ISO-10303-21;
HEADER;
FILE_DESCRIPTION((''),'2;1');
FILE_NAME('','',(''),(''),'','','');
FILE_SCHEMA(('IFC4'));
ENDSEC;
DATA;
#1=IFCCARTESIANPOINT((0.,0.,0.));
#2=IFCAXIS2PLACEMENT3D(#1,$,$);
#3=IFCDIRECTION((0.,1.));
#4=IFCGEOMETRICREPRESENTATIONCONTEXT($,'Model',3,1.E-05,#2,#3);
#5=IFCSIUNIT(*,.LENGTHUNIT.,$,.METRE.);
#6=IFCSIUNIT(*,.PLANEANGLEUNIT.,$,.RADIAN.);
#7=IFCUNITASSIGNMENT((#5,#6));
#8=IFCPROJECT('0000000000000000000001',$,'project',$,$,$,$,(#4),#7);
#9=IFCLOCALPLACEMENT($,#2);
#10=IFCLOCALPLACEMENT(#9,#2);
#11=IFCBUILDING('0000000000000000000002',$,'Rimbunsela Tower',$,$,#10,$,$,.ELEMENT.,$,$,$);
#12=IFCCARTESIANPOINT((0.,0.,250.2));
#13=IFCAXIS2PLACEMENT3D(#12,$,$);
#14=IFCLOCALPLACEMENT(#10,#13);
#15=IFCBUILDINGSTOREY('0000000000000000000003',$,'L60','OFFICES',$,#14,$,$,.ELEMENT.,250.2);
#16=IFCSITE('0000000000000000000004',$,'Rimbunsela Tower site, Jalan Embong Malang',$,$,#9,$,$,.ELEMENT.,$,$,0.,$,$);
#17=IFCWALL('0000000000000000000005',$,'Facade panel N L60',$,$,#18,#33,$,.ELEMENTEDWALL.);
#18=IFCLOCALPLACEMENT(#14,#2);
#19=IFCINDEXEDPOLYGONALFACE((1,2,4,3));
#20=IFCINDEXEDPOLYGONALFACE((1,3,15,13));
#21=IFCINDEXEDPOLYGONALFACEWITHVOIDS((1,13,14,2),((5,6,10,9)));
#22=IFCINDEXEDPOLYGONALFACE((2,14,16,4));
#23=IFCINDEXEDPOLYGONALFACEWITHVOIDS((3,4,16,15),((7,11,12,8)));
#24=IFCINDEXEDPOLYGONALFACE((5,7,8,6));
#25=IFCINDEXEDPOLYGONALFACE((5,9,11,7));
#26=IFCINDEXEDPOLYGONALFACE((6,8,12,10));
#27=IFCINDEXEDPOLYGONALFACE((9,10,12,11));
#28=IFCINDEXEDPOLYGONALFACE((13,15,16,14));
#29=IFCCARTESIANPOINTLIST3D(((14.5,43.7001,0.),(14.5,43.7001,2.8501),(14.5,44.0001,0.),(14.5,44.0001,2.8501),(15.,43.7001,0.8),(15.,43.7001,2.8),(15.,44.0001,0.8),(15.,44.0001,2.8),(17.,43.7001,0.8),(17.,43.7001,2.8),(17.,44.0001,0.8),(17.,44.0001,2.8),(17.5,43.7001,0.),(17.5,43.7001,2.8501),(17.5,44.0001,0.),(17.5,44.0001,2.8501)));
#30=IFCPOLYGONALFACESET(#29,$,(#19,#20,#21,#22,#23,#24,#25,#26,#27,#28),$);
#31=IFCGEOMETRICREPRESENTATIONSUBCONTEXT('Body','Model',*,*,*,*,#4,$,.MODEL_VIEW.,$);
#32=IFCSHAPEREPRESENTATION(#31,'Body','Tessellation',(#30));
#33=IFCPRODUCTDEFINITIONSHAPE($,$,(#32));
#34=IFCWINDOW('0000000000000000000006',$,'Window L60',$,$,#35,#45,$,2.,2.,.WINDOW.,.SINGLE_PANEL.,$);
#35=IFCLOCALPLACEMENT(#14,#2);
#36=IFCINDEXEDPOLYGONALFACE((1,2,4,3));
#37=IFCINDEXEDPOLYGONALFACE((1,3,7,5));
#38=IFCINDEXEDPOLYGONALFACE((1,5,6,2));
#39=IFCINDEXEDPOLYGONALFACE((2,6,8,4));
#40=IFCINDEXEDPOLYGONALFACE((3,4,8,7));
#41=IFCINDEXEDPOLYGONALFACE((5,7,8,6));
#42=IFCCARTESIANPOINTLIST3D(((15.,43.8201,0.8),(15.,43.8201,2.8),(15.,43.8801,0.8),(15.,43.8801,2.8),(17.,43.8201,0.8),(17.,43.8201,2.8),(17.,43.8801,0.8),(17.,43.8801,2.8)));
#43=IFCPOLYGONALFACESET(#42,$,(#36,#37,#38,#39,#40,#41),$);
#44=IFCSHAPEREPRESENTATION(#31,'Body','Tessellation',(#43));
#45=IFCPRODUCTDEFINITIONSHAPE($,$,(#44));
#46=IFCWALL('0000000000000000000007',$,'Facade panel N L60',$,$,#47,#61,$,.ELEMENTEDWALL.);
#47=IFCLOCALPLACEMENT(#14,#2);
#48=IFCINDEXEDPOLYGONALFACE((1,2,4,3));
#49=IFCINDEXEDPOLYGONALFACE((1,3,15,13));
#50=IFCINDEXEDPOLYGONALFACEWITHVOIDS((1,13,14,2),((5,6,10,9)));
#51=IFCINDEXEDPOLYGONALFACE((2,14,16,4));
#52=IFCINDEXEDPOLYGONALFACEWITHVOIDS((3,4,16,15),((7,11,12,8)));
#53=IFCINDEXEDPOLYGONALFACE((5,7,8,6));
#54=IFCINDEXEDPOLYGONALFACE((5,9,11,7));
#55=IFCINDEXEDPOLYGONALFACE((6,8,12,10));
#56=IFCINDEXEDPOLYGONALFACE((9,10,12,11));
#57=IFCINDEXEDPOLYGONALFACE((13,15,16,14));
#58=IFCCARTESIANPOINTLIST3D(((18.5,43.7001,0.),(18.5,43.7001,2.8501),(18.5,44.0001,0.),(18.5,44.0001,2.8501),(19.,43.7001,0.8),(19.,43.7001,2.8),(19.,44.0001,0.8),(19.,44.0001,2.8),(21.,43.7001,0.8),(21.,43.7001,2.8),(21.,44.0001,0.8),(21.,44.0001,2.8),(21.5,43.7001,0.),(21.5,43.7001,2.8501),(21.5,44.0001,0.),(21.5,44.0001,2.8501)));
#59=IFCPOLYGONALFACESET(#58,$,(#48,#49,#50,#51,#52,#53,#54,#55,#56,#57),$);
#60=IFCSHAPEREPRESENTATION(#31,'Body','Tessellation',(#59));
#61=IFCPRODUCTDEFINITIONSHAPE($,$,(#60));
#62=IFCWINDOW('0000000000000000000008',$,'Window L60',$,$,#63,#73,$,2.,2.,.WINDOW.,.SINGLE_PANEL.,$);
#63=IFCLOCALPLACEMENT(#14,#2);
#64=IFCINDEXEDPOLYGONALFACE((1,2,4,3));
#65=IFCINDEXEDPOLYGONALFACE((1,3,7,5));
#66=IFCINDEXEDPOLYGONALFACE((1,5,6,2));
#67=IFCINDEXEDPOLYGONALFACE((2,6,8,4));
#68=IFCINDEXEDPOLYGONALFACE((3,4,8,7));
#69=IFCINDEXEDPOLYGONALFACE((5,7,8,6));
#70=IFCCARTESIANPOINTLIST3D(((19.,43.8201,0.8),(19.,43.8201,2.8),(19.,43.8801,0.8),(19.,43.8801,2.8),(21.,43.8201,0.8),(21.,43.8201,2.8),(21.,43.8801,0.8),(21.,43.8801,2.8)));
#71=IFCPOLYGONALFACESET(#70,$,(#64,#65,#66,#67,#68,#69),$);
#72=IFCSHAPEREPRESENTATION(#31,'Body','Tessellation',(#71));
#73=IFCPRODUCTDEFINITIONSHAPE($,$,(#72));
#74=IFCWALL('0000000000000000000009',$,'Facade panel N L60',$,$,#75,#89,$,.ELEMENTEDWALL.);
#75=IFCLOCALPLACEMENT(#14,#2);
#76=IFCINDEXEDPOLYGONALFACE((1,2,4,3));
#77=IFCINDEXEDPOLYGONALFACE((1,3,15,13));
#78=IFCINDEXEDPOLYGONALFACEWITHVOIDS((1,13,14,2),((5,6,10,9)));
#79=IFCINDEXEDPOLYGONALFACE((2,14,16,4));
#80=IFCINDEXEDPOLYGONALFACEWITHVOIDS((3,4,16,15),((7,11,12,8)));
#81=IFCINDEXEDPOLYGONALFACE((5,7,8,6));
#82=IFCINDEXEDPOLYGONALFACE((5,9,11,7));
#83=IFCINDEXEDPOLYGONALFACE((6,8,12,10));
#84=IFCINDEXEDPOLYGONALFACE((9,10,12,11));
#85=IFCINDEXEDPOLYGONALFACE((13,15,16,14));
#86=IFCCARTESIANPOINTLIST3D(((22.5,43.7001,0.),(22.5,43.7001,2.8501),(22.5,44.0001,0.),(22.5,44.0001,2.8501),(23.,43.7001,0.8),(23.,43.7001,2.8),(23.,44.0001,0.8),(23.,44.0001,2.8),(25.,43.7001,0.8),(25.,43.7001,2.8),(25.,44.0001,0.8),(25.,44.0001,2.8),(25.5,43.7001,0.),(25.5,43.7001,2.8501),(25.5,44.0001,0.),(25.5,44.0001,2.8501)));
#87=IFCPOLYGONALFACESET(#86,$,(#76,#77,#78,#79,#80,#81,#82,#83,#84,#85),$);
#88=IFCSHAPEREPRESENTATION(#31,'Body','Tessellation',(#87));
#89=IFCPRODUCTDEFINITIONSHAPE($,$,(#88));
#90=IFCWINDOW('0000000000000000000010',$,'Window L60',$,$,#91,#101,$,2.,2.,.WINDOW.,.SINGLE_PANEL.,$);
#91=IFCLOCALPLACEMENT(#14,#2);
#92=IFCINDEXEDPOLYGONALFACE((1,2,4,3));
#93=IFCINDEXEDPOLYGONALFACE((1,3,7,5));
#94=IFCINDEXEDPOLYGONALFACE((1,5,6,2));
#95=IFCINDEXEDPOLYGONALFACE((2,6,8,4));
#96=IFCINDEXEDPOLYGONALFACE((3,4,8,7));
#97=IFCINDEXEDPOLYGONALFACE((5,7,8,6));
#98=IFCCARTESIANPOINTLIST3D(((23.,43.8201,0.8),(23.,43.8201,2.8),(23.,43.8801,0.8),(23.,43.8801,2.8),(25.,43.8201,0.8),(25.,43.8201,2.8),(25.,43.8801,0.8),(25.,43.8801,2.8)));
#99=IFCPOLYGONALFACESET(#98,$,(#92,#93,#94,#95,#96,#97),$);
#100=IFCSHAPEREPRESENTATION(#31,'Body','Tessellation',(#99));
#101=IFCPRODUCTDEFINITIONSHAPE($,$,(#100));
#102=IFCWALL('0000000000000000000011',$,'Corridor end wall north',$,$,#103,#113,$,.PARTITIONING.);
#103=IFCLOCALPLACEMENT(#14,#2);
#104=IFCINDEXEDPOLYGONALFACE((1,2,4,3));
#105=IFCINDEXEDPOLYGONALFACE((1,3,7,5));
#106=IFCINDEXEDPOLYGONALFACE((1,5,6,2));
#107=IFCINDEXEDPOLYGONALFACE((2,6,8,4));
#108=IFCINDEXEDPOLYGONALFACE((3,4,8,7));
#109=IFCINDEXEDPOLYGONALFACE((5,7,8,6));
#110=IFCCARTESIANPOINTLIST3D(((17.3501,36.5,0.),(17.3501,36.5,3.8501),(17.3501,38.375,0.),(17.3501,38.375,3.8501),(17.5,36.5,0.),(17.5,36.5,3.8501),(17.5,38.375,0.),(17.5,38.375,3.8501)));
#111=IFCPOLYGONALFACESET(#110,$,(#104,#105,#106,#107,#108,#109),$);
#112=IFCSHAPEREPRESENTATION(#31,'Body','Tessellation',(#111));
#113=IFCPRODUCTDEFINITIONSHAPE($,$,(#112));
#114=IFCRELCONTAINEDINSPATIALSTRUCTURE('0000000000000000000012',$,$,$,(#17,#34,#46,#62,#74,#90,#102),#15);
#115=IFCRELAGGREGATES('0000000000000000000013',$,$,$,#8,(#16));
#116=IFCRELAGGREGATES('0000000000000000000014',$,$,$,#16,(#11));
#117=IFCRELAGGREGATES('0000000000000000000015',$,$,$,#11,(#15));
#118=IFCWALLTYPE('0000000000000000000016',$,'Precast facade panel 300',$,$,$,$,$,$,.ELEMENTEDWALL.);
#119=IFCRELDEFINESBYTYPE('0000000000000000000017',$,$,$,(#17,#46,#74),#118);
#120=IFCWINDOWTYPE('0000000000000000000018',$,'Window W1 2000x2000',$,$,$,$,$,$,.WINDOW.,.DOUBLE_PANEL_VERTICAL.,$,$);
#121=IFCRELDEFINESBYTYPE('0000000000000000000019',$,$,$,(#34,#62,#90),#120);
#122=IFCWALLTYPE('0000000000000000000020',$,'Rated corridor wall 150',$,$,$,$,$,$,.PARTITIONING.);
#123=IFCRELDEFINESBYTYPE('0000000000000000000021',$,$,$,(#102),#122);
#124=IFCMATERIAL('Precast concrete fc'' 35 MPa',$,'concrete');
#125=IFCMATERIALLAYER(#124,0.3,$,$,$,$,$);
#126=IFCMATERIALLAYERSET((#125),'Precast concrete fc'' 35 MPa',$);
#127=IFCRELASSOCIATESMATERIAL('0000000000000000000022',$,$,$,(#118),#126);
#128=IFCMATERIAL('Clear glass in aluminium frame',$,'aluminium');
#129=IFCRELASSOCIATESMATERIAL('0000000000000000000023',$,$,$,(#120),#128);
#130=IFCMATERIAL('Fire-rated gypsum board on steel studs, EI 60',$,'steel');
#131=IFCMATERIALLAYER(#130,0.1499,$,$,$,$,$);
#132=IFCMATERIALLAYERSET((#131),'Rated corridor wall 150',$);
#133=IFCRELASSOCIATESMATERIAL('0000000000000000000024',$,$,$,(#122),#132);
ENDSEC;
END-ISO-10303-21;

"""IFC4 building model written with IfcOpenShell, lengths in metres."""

from ifc_helpers import new_model, si_unit, direction, frame, frame_2d, origin, place, context, subcontext, project, spatial, rectangle, extrude, material, layer, layer_set, type_object, element, fill, save


model = new_model("IFC4")

# Units and contexts
model_context = context("Model", 3, precision=1e-05, world=origin(), true_north=direction((0.0, 1.0)))
body_context = subcontext(model_context, "Body", "Model", "MODEL_VIEW")
ifc_project = project(units=[si_unit("LENGTHUNIT", "METRE"), si_unit("PLANEANGLEUNIT", "RADIAN")], contexts=[model_context])

# Site, building, storey
site_placement = place(None, origin())
site = spatial("IfcSite", under=ifc_project, at=site_placement, Name="Rimbunsela Tower site, Jalan Embong Malang", CompositionType="ELEMENT", RefElevation=0.0)
building_placement = place(site_placement, origin())
building = spatial("IfcBuilding", under=site, at=building_placement, Name="Rimbunsela Tower", CompositionType="ELEMENT")
storey_placement = place(building_placement, frame((0.0, 0.0, 250.2)))
storey = spatial("IfcBuildingStorey", under=building, at=storey_placement, Name="L60", Description="OFFICES", CompositionType="ELEMENT", Elevation=250.2)

# Walls, openings, windows
ifc_material_1 = material(Name="Precast concrete fc' 35 MPa", Category="concrete")
ifc_layer_1 = layer(ifc_material_1, 0.3)
ifc_layer_set_1 = layer_set([ifc_layer_1], Name="Precast concrete fc' 35 MPa")
wall_type_1 = type_object("IfcWallType", Name="Precast facade panel 300", PredefinedType="ELEMENTEDWALL", material=ifc_layer_set_1)
wall_1_placement = place(storey_placement, frame((17.5, 43.8501, 0.0), z_axis=(0.0, 0.0, 1.0), x_axis=(-1.0, 0.0, 0.0)))
wall_1 = element("IfcWall", 1, at=wall_1_placement, inside=storey, type_object=wall_type_1, Name="Facade panel N L60", PredefinedType="ELEMENTEDWALL", context=body_context, shape_type="SweptSolid", body=[
    extrude(rectangle(XDim=3.0, YDim=0.3, at=frame_2d((1.5, 0.0))), origin(), (0.0, 0.0, 1.0), 2.8501),
])
opening_1_placement = place(wall_1_placement, frame((0.5, 0.0, 0.8)))
opening_1 = element("IfcOpeningElement", 2, at=opening_1_placement, cuts=wall_1, PredefinedType="OPENING", context=body_context, shape_type="SweptSolid", body=[
    extrude(rectangle(XDim=2.0, YDim=2.0, at=frame_2d((1.0, 1.0))), frame((0.0, 0.1599, 0.0), z_axis=(0.0, -1.0, 0.0), x_axis=(1.0, 0.0, 0.0)), (0.0, 0.0, 1.0), 0.3201),
])
ifc_material_2 = material(Name="Clear glass in aluminium frame", Category="aluminium")
window_type = type_object("IfcWindowType", Name="Window W1 2000x2000", PartitioningType="DOUBLE_PANEL_VERTICAL", PredefinedType="WINDOW", material=ifc_material_2)
window_1_placement = place(opening_1_placement, origin())
window_1 = element("IfcWindow", 3, at=window_1_placement, inside=storey, type_object=window_type, Name="Window L60", OverallHeight=2.0, OverallWidth=2.0, PartitioningType="SINGLE_PANEL", PredefinedType="WINDOW", context=body_context, shape_type="SweptSolid", body=[
    extrude(rectangle(XDim=2.0, YDim=2.0, at=frame_2d((1.0, 1.0))), frame((0.0, 0.03, 0.0), z_axis=(0.0, -1.0, 0.0), x_axis=(1.0, 0.0, 0.0)), (0.0, 0.0, 1.0), 0.0601),
])
fill(opening_1, window_1)
wall_2_placement = place(storey_placement, frame((21.5, 43.8501, 0.0), z_axis=(0.0, 0.0, 1.0), x_axis=(-1.0, 0.0, 0.0)))
wall_2 = element("IfcWall", 4, at=wall_2_placement, inside=storey, type_object=wall_type_1, Name="Facade panel N L60", PredefinedType="ELEMENTEDWALL", context=body_context, shape_type="SweptSolid", body=[
    extrude(rectangle(XDim=3.0, YDim=0.3, at=frame_2d((1.5, 0.0))), origin(), (0.0, 0.0, 1.0), 2.8501),
])
opening_2_placement = place(wall_2_placement, frame((0.5, 0.0, 0.8)))
opening_2 = element("IfcOpeningElement", 5, at=opening_2_placement, cuts=wall_2, PredefinedType="OPENING", context=body_context, shape_type="SweptSolid", body=[
    extrude(rectangle(XDim=2.0, YDim=2.0, at=frame_2d((1.0, 1.0))), frame((0.0, 0.1599, 0.0), z_axis=(0.0, -1.0, 0.0), x_axis=(1.0, 0.0, 0.0)), (0.0, 0.0, 1.0), 0.3201),
])
window_2_placement = place(opening_2_placement, origin())
window_2 = element("IfcWindow", 6, at=window_2_placement, inside=storey, type_object=window_type, Name="Window L60", OverallHeight=2.0, OverallWidth=2.0, PartitioningType="SINGLE_PANEL", PredefinedType="WINDOW", context=body_context, shape_type="SweptSolid", body=[
    extrude(rectangle(XDim=2.0, YDim=2.0, at=frame_2d((1.0, 1.0))), frame((0.0, 0.03, 0.0), z_axis=(0.0, -1.0, 0.0), x_axis=(1.0, 0.0, 0.0)), (0.0, 0.0, 1.0), 0.0601),
])
fill(opening_2, window_2)
wall_3_placement = place(storey_placement, frame((25.5, 43.8501, 0.0), z_axis=(0.0, 0.0, 1.0), x_axis=(-1.0, 0.0, 0.0)))
wall_3 = element("IfcWall", 7, at=wall_3_placement, inside=storey, type_object=wall_type_1, Name="Facade panel N L60", PredefinedType="ELEMENTEDWALL", context=body_context, shape_type="SweptSolid", body=[
    extrude(rectangle(XDim=3.0, YDim=0.3, at=frame_2d((1.5, 0.0))), origin(), (0.0, 0.0, 1.0), 2.8501),
])
opening_3_placement = place(wall_3_placement, frame((0.5, 0.0, 0.8)))
opening_3 = element("IfcOpeningElement", 8, at=opening_3_placement, cuts=wall_3, PredefinedType="OPENING", context=body_context, shape_type="SweptSolid", body=[
    extrude(rectangle(XDim=2.0, YDim=2.0, at=frame_2d((1.0, 1.0))), frame((0.0, 0.1599, 0.0), z_axis=(0.0, -1.0, 0.0), x_axis=(1.0, 0.0, 0.0)), (0.0, 0.0, 1.0), 0.3201),
])
window_3_placement = place(opening_3_placement, origin())
window_3 = element("IfcWindow", 9, at=window_3_placement, inside=storey, type_object=window_type, Name="Window L60", OverallHeight=2.0, OverallWidth=2.0, PartitioningType="SINGLE_PANEL", PredefinedType="WINDOW", context=body_context, shape_type="SweptSolid", body=[
    extrude(rectangle(XDim=2.0, YDim=2.0, at=frame_2d((1.0, 1.0))), frame((0.0, 0.03, 0.0), z_axis=(0.0, -1.0, 0.0), x_axis=(1.0, 0.0, 0.0)), (0.0, 0.0, 1.0), 0.0601),
])
fill(opening_3, window_3)

# Wall
ifc_material_3 = material(Name="Fire-rated gypsum board on steel studs, EI 60", Category="steel")
ifc_layer_2 = layer(ifc_material_3, 0.1499)
ifc_layer_set_2 = layer_set([ifc_layer_2], Name="Rated corridor wall 150")
wall_type_2 = type_object("IfcWallType", Name="Rated corridor wall 150", PredefinedType="PARTITIONING", material=ifc_layer_set_2)
wall_4_placement = place(storey_placement, frame((17.425, 36.5, 0.0), z_axis=(0.0, 0.0, 1.0), x_axis=(0.0, 1.0, 0.0)))
element("IfcWall", 10, at=wall_4_placement, inside=storey, type_object=wall_type_2, Name="Corridor end wall north", PredefinedType="PARTITIONING", context=body_context, shape_type="SweptSolid", body=[
    extrude(rectangle(XDim=1.875, YDim=0.1499, at=frame_2d((0.9375, 0.0))), origin(), (0.0, 0.0, 1.0), 3.8501),
])

save(model, "model.ifc")
